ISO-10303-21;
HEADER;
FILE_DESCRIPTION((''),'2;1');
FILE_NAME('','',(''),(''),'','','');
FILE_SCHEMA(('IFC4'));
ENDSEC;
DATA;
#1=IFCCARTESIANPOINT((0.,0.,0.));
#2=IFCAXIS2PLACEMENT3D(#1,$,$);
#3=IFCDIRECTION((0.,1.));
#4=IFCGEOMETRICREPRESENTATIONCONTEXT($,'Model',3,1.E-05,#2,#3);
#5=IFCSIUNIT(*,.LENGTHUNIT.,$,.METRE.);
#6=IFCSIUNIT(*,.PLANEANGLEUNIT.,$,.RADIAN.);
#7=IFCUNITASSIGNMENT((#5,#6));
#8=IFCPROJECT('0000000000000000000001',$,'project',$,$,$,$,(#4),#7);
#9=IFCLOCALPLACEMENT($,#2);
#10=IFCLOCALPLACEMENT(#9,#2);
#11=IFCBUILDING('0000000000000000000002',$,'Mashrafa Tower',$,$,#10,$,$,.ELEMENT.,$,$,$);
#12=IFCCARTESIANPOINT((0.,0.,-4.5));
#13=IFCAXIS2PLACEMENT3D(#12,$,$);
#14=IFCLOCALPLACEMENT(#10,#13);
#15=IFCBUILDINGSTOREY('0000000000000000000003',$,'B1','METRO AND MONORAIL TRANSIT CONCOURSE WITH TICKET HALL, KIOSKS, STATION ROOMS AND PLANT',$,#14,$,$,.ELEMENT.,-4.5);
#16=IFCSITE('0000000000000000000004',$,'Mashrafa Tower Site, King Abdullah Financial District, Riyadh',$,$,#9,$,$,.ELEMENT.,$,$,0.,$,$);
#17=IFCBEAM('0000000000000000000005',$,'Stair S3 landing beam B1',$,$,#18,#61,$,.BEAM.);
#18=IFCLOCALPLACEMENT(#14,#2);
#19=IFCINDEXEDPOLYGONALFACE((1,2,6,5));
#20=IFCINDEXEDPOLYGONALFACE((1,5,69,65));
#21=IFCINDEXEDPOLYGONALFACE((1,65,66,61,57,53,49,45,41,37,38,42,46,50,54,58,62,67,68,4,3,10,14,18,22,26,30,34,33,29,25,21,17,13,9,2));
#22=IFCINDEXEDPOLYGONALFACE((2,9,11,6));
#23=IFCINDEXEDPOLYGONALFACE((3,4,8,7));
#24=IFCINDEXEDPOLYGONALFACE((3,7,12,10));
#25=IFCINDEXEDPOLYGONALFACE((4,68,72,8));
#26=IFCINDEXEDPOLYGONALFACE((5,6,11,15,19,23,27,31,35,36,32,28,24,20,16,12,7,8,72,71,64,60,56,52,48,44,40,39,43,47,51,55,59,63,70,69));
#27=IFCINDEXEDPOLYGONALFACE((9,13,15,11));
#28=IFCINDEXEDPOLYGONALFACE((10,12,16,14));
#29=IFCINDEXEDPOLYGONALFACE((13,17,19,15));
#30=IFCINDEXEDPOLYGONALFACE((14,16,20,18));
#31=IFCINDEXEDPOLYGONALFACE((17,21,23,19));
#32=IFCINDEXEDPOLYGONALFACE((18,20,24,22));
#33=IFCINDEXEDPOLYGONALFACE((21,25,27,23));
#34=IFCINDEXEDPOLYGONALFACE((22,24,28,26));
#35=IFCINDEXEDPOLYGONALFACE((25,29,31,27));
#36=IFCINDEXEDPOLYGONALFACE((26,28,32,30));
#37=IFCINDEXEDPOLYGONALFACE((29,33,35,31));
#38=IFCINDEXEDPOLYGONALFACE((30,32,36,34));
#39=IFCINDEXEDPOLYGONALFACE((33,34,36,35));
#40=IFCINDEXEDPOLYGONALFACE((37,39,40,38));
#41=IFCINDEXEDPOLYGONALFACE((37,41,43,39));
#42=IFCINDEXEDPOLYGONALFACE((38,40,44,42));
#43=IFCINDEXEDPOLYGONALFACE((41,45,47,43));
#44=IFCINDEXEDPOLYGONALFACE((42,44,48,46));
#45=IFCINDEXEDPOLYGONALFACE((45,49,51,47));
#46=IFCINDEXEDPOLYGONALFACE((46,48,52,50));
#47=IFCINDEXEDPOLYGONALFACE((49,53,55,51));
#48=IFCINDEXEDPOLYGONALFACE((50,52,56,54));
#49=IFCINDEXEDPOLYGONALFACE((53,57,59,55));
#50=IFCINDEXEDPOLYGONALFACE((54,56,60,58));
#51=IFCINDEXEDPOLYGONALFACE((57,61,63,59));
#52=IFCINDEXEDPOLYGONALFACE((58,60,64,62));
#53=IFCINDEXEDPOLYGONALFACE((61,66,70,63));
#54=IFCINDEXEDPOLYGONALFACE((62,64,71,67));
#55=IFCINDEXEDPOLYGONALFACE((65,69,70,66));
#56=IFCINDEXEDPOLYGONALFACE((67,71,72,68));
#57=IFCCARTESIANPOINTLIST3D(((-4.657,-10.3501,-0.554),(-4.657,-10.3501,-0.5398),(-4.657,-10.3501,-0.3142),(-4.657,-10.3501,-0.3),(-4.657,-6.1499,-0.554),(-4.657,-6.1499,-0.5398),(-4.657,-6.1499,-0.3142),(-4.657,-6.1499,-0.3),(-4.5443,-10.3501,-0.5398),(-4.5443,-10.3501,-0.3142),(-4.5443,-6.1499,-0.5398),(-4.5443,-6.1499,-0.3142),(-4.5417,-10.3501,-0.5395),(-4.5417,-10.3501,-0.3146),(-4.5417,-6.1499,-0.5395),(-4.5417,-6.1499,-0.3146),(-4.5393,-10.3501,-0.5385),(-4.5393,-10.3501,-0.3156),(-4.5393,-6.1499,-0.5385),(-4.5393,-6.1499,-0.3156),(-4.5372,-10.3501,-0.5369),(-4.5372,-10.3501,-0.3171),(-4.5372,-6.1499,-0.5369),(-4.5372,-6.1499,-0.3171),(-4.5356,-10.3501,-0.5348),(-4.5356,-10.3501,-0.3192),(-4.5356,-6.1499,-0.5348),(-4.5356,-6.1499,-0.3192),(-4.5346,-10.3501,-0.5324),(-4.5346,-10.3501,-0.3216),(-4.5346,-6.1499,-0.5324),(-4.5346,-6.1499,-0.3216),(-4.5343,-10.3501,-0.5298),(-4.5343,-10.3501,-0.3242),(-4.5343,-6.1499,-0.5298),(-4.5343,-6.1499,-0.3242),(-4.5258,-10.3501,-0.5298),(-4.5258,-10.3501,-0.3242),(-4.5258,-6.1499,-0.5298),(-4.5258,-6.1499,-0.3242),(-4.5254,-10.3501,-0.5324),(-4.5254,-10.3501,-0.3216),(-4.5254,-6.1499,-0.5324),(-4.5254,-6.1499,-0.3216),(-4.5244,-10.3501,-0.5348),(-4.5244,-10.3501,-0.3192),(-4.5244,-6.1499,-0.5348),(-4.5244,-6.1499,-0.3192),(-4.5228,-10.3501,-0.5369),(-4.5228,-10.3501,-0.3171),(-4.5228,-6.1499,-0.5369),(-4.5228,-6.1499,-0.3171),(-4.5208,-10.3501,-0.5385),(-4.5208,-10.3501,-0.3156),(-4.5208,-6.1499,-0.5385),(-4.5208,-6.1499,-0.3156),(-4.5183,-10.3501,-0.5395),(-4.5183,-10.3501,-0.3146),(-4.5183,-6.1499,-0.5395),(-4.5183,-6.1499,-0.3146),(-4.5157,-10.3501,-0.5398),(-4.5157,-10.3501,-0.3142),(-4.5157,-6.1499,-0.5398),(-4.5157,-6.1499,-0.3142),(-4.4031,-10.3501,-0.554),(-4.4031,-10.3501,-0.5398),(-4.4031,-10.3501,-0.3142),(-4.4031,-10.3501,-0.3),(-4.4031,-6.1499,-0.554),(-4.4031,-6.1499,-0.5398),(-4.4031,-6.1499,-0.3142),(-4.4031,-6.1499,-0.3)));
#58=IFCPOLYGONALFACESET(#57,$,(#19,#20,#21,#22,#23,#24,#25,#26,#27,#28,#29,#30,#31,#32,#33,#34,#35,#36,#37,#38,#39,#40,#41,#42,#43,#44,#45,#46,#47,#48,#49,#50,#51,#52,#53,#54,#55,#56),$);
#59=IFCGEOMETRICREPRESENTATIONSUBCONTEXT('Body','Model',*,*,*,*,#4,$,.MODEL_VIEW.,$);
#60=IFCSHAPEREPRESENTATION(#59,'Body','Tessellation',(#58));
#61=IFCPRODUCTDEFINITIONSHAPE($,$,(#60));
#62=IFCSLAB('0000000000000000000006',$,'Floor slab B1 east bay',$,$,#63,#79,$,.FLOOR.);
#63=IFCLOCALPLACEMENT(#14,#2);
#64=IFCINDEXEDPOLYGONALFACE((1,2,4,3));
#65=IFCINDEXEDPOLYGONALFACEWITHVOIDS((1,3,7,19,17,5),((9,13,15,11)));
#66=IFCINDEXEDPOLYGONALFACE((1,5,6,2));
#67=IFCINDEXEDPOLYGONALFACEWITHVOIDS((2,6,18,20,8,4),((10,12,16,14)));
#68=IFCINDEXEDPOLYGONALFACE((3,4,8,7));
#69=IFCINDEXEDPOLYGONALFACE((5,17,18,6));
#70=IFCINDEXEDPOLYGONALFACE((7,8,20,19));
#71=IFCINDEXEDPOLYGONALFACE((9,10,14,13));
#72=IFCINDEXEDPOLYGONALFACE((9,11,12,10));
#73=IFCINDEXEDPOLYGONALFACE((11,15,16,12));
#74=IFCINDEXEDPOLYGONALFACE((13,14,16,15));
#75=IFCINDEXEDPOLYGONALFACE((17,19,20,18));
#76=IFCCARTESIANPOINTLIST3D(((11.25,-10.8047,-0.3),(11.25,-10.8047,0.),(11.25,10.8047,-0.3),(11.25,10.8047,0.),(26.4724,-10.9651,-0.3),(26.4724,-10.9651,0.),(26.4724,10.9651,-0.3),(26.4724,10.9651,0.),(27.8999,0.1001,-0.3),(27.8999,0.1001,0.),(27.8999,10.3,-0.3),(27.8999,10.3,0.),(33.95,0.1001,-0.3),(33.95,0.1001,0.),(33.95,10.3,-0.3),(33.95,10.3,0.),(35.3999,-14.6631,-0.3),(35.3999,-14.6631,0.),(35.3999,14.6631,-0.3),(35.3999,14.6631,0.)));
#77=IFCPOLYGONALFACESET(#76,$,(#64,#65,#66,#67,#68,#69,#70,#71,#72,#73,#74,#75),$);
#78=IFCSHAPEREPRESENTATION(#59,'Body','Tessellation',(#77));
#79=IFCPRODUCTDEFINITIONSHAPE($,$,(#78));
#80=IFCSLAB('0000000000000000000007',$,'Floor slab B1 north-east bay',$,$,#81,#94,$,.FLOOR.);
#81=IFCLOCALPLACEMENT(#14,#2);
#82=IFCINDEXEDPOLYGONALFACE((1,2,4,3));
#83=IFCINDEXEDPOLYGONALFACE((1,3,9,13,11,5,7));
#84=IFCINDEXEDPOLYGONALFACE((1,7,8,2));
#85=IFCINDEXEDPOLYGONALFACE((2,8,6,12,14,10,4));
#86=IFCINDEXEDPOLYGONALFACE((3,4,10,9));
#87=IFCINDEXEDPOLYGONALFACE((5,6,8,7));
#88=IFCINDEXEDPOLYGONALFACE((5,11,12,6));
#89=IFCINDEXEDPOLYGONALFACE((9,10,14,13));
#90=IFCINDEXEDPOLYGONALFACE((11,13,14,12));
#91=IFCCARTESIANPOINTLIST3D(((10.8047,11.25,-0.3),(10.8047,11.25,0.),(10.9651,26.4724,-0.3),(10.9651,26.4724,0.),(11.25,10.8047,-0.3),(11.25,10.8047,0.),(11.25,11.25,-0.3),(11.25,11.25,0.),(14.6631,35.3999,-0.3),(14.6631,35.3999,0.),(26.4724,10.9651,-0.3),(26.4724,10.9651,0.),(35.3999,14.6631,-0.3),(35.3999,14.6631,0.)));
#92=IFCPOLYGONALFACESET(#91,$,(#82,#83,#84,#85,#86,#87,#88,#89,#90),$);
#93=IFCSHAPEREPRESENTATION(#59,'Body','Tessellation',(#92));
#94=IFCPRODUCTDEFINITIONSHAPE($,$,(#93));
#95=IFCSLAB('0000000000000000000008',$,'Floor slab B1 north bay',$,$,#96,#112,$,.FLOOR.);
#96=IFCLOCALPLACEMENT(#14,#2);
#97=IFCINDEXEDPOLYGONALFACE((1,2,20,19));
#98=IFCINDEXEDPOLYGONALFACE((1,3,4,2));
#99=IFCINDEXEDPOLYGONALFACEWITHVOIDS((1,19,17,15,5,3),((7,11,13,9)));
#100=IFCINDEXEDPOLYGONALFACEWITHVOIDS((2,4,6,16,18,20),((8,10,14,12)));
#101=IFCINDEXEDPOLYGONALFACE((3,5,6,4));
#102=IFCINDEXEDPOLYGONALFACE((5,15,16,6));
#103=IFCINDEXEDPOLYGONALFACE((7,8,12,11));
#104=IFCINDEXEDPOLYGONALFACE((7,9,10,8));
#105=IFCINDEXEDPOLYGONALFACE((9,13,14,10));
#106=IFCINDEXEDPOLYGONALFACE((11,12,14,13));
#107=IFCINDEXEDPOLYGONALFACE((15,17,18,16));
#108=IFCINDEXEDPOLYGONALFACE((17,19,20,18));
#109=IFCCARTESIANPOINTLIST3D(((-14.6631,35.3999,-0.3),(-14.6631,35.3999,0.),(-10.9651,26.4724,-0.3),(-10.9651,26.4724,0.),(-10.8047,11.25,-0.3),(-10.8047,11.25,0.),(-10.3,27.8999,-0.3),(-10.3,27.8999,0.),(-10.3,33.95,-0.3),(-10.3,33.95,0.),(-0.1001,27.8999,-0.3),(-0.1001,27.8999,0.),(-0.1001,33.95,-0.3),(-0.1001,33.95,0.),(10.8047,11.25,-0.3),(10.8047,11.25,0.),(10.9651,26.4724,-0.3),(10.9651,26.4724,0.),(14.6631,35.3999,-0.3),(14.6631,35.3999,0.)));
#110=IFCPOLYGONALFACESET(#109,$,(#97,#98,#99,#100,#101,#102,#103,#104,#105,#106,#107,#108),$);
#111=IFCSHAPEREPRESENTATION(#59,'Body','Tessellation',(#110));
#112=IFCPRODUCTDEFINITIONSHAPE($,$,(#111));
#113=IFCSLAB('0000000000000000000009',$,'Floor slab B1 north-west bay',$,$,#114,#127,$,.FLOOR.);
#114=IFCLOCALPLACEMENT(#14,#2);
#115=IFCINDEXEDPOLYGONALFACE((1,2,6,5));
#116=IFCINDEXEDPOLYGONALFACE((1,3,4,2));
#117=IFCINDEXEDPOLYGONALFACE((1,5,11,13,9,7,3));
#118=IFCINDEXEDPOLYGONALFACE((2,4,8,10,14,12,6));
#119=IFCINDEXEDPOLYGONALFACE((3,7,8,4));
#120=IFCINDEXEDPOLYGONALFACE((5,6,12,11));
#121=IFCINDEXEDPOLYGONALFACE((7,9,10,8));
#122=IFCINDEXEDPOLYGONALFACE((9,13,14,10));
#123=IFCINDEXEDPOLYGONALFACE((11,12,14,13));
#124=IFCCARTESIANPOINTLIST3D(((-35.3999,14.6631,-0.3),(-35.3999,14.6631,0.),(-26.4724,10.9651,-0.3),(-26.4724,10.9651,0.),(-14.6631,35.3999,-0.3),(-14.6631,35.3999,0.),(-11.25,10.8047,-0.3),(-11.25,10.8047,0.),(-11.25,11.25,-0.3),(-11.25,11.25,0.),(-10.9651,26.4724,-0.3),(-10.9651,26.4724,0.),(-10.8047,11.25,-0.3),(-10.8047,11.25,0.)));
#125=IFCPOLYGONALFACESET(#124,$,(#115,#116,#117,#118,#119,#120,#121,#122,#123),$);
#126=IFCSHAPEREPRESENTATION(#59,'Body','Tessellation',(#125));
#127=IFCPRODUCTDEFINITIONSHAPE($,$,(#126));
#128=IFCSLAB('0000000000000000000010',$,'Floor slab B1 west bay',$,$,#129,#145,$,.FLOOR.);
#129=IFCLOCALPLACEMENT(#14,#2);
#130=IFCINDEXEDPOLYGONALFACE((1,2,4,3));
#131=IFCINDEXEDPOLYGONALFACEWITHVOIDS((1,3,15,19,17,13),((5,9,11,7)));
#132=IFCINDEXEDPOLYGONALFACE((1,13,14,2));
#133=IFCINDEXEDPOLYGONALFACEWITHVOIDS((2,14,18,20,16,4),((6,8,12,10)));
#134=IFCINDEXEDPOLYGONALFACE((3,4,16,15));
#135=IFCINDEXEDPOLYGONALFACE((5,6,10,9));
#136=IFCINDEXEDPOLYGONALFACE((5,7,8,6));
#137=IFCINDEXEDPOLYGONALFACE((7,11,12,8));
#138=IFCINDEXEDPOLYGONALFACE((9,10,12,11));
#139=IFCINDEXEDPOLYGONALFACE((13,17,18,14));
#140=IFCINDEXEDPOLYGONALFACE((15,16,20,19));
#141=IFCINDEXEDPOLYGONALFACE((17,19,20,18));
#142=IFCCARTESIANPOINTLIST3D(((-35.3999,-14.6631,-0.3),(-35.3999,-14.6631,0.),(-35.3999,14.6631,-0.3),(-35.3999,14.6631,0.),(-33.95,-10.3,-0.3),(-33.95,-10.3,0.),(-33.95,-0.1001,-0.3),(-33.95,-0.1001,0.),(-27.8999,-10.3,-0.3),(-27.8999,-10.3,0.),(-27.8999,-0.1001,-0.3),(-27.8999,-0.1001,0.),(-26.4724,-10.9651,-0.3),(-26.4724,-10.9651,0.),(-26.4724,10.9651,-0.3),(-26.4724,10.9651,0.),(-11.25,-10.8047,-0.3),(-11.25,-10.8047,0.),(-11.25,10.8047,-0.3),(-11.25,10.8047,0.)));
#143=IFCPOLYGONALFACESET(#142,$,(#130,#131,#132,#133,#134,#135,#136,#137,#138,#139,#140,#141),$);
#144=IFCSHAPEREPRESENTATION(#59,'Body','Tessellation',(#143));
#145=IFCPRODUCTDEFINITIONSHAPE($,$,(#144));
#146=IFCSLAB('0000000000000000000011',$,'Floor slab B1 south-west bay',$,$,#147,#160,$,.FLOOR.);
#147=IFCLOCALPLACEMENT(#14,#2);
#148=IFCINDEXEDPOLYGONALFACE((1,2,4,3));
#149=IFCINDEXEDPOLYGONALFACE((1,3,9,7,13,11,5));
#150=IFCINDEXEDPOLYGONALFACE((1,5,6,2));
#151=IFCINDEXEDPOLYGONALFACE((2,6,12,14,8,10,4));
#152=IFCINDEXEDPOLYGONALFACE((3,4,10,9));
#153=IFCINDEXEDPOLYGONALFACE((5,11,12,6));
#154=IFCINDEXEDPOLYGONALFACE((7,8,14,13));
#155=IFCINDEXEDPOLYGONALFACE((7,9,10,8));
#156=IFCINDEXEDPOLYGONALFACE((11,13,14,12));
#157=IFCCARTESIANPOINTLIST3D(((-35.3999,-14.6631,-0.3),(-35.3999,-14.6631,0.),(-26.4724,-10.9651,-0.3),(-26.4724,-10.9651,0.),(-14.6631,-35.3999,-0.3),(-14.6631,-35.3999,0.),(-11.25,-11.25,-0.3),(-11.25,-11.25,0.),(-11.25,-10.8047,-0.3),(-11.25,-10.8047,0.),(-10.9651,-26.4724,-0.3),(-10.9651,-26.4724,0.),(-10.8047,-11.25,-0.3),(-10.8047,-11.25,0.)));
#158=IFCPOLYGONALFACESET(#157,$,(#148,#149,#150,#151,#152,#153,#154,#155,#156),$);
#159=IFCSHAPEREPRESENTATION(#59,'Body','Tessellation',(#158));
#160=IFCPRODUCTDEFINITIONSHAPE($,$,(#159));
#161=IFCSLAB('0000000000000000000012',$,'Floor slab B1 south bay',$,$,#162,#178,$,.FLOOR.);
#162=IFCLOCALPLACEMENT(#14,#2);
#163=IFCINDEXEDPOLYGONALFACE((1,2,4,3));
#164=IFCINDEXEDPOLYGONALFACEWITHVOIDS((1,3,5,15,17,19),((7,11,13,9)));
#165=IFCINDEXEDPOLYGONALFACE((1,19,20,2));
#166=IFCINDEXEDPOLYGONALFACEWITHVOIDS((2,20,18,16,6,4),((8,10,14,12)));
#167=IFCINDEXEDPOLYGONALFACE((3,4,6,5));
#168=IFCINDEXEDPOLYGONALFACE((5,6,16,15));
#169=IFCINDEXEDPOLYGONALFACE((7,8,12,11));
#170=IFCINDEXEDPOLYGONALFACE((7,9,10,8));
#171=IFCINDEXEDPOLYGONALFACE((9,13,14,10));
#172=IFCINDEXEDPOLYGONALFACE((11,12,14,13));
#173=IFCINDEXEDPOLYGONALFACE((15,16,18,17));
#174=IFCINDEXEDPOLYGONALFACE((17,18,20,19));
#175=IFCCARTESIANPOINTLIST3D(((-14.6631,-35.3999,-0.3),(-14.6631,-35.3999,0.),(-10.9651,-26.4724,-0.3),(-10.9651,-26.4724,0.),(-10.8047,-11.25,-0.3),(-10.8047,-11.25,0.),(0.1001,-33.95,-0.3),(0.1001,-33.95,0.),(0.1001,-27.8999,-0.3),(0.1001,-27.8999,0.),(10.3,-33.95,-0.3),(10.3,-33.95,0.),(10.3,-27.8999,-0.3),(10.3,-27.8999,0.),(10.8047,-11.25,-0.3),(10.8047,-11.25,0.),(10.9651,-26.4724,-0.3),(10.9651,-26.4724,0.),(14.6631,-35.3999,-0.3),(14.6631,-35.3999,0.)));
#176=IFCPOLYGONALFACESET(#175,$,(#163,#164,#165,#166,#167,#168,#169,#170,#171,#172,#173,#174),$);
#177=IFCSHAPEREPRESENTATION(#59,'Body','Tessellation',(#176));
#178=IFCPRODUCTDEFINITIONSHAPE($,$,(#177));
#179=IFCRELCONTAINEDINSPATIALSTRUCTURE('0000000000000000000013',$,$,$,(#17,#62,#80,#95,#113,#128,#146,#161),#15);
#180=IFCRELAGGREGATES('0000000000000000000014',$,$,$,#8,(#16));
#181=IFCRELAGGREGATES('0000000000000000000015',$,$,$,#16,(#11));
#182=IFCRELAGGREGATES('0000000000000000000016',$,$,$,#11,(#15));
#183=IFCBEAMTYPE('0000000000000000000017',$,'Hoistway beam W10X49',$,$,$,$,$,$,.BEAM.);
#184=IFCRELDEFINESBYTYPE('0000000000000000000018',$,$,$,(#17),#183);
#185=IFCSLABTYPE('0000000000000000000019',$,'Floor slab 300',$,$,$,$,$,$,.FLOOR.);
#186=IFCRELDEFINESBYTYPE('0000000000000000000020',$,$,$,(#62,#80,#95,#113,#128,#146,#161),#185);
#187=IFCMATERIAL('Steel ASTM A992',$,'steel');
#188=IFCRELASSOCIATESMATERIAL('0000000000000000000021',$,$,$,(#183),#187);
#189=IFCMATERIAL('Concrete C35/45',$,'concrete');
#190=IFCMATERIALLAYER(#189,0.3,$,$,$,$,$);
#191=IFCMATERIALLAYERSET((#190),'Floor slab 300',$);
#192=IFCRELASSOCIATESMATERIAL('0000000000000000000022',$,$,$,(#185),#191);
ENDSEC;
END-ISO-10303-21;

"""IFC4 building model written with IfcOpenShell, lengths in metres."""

from ifc_helpers import new_model, si_unit, direction, frame, origin, origin_2d, place, context, subcontext, project, spatial, polyline, i_section, outline, extrude, material, layer, layer_set, material_profile, profile_set, type_object, element, save


model = new_model("IFC4")

# Units and contexts
model_context = context("Model", 3, precision=1e-05, world=origin(), true_north=direction((0.0, 1.0)))
body_context = subcontext(model_context, "Body", "Model", "MODEL_VIEW")
ifc_project = project(units=[si_unit("LENGTHUNIT", "METRE"), si_unit("PLANEANGLEUNIT", "RADIAN")], contexts=[model_context])

# Site, building, storey
site_placement = place(None, origin())
site = spatial("IfcSite", under=ifc_project, at=site_placement, Name="Mashrafa Tower Site, King Abdullah Financial District, Riyadh", CompositionType="ELEMENT", RefElevation=0.0)
building_placement = place(site_placement, origin())
building = spatial("IfcBuilding", under=site, at=building_placement, Name="Mashrafa Tower", CompositionType="ELEMENT")
storey_placement = place(building_placement, frame((0.0, 0.0, -4.5)))
storey = spatial("IfcBuildingStorey", under=building, at=storey_placement, Name="B1", Description="METRO AND MONORAIL TRANSIT CONCOURSE WITH TICKET HALL, KIOSKS, STATION ROOMS AND PLANT", CompositionType="ELEMENT", Elevation=-4.5)

# Beam
ifc_material_1 = material(Name="Steel ASTM A992", Category="steel")
ifc_material_profile_1 = material_profile(ifc_material_1, i_section(OverallWidth=0.2539, OverallDepth=0.2539, WebThickness=0.0085, FlangeThickness=0.0142, FilletRadius=0.01, at=origin_2d()), Name="W10X49")
ifc_profile_set_1 = profile_set([ifc_material_profile_1], Name="Steel ASTM A992")
beam_type_1 = type_object("IfcBeamType", Name="Hoistway beam W10X49", PredefinedType="BEAM", material=ifc_profile_set_1)
beam_1_placement = place(storey_placement, frame((-4.53, -10.3501, -0.427), z_axis=(0.0, 1.0, 0.0), x_axis=(-1.0, 0.0, 0.0)))
element("IfcBeam", 1, at=beam_1_placement, inside=storey, type_object=beam_type_1, Name="Stair S3 landing beam B1", PredefinedType="BEAM", context=body_context, shape_type="SweptSolid", body=[
    extrude(i_section(OverallWidth=0.2539, OverallDepth=0.2539, WebThickness=0.0085, FlangeThickness=0.0142, FilletRadius=0.01, at=origin_2d()), origin(), (0.0, 0.0, 1.0), 4.2002),
])

# Slabs
ifc_material_2 = material(Name="Concrete C35/45", Category="concrete")
ifc_layer_1 = layer(ifc_material_2, 0.3)
ifc_layer_set_1 = layer_set([ifc_layer_1], Name="Floor slab 300")
slab_type = type_object("IfcSlabType", Name="Floor slab 300", PredefinedType="FLOOR", material=ifc_layer_set_1)
slab_1_placement = place(storey_placement, frame((0.0, 0.0, -0.3)))
element("IfcSlab", 2, at=slab_1_placement, inside=storey, type_object=slab_type, Name="Floor slab B1 east bay", PredefinedType="FLOOR", context=body_context, shape_type="SweptSolid", body=[
    extrude(outline(polyline([(35.3999, 14.6631), (35.3999, -14.6631), (35.3999, -14.6631), (26.4724, -10.9651), (11.25, -10.8047), (11.25, 10.8047), (26.4724, 10.9651), (35.3999, 14.6631), (35.3999, 14.6631)]), holes=[polyline([(33.95, 0.1001), (33.95, 10.3), (27.8999, 10.3), (27.8999, 0.1001), (33.95, 0.1001)])]), origin(), (0.0, 0.0, 1.0), 0.3),
])
slab_2_placement = place(storey_placement, frame((0.0, 0.0, -0.3)))
element("IfcSlab", 3, at=slab_2_placement, inside=storey, type_object=slab_type, Name="Floor slab B1 north-east bay", PredefinedType="FLOOR", context=body_context, shape_type="SweptSolid", body=[
    extrude(outline(polyline([(35.3999, 14.6631), (26.4724, 10.9651), (11.25, 10.8047), (11.25, 11.25), (10.8047, 11.25), (10.9651, 26.4724), (14.6631, 35.3999), (35.3999, 14.6631)])), origin(), (0.0, 0.0, 1.0), 0.3),
])
slab_3_placement = place(storey_placement, frame((0.0, 0.0, -0.3)))
element("IfcSlab", 4, at=slab_3_placement, inside=storey, type_object=slab_type, Name="Floor slab B1 north bay", PredefinedType="FLOOR", context=body_context, shape_type="SweptSolid", body=[
    extrude(outline(polyline([(-14.6631, 35.3999), (14.6631, 35.3999), (14.6631, 35.3999), (10.9651, 26.4724), (10.8047, 11.25), (-10.8047, 11.25), (-10.9651, 26.4724), (-14.6631, 35.3999), (-14.6631, 35.3999)]), holes=[polyline([(-0.1001, 27.8999), (-0.1001, 33.95), (-10.3, 33.95), (-10.3, 27.8999), (-0.1001, 27.8999)])]), origin(), (0.0, 0.0, 1.0), 0.3),
])
slab_4_placement = place(storey_placement, frame((0.0, 0.0, -0.3)))
element("IfcSlab", 5, at=slab_4_placement, inside=storey, type_object=slab_type, Name="Floor slab B1 north-west bay", PredefinedType="FLOOR", context=body_context, shape_type="SweptSolid", body=[
    extrude(outline(polyline([(-14.6631, 35.3999), (-10.9651, 26.4724), (-10.8047, 11.25), (-11.25, 11.25), (-11.25, 10.8047), (-26.4724, 10.9651), (-35.3999, 14.6631), (-14.6631, 35.3999)])), origin(), (0.0, 0.0, 1.0), 0.3),
])
slab_5_placement = place(storey_placement, frame((0.0, 0.0, -0.3)))
element("IfcSlab", 6, at=slab_5_placement, inside=storey, type_object=slab_type, Name="Floor slab B1 west bay", PredefinedType="FLOOR", context=body_context, shape_type="SweptSolid", body=[
    extrude(outline(polyline([(-35.3999, -14.6631), (-35.3999, 14.6631), (-35.3999, 14.6631), (-26.4724, 10.9651), (-11.25, 10.8047), (-11.25, -10.8047), (-26.4724, -10.9651), (-35.3999, -14.6631), (-35.3999, -14.6631)]), holes=[polyline([(-27.8999, -10.3), (-27.8999, -0.1001), (-33.95, -0.1001), (-33.95, -10.3), (-27.8999, -10.3)])]), origin(), (0.0, 0.0, 1.0), 0.3),
])
slab_6_placement = place(storey_placement, frame((0.0, 0.0, -0.3)))
element("IfcSlab", 7, at=slab_6_placement, inside=storey, type_object=slab_type, Name="Floor slab B1 south-west bay", PredefinedType="FLOOR", context=body_context, shape_type="SweptSolid", body=[
    extrude(outline(polyline([(-35.3999, -14.6631), (-26.4724, -10.9651), (-11.25, -10.8047), (-11.25, -11.25), (-10.8047, -11.25), (-10.9651, -26.4724), (-14.6631, -35.3999), (-35.3999, -14.6631)])), origin(), (0.0, 0.0, 1.0), 0.3),
])
slab_7_placement = place(storey_placement, frame((0.0, 0.0, -0.3)))
element("IfcSlab", 8, at=slab_7_placement, inside=storey, type_object=slab_type, Name="Floor slab B1 south bay", PredefinedType="FLOOR", context=body_context, shape_type="SweptSolid", body=[
    extrude(outline(polyline([(-14.6631, -35.3999), (-10.9651, -26.4724), (-10.8047, -11.25), (10.8047, -11.25), (10.9651, -26.4724), (14.6631, -35.3999), (14.6631, -35.3999), (-14.6631, -35.3999), (-14.6631, -35.3999)]), holes=[polyline([(10.3, -27.8999), (0.1001, -27.8999), (0.1001, -33.95), (10.3, -33.95), (10.3, -27.8999)])]), origin(), (0.0, 0.0, 1.0), 0.3),
])

save(model, "model.ifc")
